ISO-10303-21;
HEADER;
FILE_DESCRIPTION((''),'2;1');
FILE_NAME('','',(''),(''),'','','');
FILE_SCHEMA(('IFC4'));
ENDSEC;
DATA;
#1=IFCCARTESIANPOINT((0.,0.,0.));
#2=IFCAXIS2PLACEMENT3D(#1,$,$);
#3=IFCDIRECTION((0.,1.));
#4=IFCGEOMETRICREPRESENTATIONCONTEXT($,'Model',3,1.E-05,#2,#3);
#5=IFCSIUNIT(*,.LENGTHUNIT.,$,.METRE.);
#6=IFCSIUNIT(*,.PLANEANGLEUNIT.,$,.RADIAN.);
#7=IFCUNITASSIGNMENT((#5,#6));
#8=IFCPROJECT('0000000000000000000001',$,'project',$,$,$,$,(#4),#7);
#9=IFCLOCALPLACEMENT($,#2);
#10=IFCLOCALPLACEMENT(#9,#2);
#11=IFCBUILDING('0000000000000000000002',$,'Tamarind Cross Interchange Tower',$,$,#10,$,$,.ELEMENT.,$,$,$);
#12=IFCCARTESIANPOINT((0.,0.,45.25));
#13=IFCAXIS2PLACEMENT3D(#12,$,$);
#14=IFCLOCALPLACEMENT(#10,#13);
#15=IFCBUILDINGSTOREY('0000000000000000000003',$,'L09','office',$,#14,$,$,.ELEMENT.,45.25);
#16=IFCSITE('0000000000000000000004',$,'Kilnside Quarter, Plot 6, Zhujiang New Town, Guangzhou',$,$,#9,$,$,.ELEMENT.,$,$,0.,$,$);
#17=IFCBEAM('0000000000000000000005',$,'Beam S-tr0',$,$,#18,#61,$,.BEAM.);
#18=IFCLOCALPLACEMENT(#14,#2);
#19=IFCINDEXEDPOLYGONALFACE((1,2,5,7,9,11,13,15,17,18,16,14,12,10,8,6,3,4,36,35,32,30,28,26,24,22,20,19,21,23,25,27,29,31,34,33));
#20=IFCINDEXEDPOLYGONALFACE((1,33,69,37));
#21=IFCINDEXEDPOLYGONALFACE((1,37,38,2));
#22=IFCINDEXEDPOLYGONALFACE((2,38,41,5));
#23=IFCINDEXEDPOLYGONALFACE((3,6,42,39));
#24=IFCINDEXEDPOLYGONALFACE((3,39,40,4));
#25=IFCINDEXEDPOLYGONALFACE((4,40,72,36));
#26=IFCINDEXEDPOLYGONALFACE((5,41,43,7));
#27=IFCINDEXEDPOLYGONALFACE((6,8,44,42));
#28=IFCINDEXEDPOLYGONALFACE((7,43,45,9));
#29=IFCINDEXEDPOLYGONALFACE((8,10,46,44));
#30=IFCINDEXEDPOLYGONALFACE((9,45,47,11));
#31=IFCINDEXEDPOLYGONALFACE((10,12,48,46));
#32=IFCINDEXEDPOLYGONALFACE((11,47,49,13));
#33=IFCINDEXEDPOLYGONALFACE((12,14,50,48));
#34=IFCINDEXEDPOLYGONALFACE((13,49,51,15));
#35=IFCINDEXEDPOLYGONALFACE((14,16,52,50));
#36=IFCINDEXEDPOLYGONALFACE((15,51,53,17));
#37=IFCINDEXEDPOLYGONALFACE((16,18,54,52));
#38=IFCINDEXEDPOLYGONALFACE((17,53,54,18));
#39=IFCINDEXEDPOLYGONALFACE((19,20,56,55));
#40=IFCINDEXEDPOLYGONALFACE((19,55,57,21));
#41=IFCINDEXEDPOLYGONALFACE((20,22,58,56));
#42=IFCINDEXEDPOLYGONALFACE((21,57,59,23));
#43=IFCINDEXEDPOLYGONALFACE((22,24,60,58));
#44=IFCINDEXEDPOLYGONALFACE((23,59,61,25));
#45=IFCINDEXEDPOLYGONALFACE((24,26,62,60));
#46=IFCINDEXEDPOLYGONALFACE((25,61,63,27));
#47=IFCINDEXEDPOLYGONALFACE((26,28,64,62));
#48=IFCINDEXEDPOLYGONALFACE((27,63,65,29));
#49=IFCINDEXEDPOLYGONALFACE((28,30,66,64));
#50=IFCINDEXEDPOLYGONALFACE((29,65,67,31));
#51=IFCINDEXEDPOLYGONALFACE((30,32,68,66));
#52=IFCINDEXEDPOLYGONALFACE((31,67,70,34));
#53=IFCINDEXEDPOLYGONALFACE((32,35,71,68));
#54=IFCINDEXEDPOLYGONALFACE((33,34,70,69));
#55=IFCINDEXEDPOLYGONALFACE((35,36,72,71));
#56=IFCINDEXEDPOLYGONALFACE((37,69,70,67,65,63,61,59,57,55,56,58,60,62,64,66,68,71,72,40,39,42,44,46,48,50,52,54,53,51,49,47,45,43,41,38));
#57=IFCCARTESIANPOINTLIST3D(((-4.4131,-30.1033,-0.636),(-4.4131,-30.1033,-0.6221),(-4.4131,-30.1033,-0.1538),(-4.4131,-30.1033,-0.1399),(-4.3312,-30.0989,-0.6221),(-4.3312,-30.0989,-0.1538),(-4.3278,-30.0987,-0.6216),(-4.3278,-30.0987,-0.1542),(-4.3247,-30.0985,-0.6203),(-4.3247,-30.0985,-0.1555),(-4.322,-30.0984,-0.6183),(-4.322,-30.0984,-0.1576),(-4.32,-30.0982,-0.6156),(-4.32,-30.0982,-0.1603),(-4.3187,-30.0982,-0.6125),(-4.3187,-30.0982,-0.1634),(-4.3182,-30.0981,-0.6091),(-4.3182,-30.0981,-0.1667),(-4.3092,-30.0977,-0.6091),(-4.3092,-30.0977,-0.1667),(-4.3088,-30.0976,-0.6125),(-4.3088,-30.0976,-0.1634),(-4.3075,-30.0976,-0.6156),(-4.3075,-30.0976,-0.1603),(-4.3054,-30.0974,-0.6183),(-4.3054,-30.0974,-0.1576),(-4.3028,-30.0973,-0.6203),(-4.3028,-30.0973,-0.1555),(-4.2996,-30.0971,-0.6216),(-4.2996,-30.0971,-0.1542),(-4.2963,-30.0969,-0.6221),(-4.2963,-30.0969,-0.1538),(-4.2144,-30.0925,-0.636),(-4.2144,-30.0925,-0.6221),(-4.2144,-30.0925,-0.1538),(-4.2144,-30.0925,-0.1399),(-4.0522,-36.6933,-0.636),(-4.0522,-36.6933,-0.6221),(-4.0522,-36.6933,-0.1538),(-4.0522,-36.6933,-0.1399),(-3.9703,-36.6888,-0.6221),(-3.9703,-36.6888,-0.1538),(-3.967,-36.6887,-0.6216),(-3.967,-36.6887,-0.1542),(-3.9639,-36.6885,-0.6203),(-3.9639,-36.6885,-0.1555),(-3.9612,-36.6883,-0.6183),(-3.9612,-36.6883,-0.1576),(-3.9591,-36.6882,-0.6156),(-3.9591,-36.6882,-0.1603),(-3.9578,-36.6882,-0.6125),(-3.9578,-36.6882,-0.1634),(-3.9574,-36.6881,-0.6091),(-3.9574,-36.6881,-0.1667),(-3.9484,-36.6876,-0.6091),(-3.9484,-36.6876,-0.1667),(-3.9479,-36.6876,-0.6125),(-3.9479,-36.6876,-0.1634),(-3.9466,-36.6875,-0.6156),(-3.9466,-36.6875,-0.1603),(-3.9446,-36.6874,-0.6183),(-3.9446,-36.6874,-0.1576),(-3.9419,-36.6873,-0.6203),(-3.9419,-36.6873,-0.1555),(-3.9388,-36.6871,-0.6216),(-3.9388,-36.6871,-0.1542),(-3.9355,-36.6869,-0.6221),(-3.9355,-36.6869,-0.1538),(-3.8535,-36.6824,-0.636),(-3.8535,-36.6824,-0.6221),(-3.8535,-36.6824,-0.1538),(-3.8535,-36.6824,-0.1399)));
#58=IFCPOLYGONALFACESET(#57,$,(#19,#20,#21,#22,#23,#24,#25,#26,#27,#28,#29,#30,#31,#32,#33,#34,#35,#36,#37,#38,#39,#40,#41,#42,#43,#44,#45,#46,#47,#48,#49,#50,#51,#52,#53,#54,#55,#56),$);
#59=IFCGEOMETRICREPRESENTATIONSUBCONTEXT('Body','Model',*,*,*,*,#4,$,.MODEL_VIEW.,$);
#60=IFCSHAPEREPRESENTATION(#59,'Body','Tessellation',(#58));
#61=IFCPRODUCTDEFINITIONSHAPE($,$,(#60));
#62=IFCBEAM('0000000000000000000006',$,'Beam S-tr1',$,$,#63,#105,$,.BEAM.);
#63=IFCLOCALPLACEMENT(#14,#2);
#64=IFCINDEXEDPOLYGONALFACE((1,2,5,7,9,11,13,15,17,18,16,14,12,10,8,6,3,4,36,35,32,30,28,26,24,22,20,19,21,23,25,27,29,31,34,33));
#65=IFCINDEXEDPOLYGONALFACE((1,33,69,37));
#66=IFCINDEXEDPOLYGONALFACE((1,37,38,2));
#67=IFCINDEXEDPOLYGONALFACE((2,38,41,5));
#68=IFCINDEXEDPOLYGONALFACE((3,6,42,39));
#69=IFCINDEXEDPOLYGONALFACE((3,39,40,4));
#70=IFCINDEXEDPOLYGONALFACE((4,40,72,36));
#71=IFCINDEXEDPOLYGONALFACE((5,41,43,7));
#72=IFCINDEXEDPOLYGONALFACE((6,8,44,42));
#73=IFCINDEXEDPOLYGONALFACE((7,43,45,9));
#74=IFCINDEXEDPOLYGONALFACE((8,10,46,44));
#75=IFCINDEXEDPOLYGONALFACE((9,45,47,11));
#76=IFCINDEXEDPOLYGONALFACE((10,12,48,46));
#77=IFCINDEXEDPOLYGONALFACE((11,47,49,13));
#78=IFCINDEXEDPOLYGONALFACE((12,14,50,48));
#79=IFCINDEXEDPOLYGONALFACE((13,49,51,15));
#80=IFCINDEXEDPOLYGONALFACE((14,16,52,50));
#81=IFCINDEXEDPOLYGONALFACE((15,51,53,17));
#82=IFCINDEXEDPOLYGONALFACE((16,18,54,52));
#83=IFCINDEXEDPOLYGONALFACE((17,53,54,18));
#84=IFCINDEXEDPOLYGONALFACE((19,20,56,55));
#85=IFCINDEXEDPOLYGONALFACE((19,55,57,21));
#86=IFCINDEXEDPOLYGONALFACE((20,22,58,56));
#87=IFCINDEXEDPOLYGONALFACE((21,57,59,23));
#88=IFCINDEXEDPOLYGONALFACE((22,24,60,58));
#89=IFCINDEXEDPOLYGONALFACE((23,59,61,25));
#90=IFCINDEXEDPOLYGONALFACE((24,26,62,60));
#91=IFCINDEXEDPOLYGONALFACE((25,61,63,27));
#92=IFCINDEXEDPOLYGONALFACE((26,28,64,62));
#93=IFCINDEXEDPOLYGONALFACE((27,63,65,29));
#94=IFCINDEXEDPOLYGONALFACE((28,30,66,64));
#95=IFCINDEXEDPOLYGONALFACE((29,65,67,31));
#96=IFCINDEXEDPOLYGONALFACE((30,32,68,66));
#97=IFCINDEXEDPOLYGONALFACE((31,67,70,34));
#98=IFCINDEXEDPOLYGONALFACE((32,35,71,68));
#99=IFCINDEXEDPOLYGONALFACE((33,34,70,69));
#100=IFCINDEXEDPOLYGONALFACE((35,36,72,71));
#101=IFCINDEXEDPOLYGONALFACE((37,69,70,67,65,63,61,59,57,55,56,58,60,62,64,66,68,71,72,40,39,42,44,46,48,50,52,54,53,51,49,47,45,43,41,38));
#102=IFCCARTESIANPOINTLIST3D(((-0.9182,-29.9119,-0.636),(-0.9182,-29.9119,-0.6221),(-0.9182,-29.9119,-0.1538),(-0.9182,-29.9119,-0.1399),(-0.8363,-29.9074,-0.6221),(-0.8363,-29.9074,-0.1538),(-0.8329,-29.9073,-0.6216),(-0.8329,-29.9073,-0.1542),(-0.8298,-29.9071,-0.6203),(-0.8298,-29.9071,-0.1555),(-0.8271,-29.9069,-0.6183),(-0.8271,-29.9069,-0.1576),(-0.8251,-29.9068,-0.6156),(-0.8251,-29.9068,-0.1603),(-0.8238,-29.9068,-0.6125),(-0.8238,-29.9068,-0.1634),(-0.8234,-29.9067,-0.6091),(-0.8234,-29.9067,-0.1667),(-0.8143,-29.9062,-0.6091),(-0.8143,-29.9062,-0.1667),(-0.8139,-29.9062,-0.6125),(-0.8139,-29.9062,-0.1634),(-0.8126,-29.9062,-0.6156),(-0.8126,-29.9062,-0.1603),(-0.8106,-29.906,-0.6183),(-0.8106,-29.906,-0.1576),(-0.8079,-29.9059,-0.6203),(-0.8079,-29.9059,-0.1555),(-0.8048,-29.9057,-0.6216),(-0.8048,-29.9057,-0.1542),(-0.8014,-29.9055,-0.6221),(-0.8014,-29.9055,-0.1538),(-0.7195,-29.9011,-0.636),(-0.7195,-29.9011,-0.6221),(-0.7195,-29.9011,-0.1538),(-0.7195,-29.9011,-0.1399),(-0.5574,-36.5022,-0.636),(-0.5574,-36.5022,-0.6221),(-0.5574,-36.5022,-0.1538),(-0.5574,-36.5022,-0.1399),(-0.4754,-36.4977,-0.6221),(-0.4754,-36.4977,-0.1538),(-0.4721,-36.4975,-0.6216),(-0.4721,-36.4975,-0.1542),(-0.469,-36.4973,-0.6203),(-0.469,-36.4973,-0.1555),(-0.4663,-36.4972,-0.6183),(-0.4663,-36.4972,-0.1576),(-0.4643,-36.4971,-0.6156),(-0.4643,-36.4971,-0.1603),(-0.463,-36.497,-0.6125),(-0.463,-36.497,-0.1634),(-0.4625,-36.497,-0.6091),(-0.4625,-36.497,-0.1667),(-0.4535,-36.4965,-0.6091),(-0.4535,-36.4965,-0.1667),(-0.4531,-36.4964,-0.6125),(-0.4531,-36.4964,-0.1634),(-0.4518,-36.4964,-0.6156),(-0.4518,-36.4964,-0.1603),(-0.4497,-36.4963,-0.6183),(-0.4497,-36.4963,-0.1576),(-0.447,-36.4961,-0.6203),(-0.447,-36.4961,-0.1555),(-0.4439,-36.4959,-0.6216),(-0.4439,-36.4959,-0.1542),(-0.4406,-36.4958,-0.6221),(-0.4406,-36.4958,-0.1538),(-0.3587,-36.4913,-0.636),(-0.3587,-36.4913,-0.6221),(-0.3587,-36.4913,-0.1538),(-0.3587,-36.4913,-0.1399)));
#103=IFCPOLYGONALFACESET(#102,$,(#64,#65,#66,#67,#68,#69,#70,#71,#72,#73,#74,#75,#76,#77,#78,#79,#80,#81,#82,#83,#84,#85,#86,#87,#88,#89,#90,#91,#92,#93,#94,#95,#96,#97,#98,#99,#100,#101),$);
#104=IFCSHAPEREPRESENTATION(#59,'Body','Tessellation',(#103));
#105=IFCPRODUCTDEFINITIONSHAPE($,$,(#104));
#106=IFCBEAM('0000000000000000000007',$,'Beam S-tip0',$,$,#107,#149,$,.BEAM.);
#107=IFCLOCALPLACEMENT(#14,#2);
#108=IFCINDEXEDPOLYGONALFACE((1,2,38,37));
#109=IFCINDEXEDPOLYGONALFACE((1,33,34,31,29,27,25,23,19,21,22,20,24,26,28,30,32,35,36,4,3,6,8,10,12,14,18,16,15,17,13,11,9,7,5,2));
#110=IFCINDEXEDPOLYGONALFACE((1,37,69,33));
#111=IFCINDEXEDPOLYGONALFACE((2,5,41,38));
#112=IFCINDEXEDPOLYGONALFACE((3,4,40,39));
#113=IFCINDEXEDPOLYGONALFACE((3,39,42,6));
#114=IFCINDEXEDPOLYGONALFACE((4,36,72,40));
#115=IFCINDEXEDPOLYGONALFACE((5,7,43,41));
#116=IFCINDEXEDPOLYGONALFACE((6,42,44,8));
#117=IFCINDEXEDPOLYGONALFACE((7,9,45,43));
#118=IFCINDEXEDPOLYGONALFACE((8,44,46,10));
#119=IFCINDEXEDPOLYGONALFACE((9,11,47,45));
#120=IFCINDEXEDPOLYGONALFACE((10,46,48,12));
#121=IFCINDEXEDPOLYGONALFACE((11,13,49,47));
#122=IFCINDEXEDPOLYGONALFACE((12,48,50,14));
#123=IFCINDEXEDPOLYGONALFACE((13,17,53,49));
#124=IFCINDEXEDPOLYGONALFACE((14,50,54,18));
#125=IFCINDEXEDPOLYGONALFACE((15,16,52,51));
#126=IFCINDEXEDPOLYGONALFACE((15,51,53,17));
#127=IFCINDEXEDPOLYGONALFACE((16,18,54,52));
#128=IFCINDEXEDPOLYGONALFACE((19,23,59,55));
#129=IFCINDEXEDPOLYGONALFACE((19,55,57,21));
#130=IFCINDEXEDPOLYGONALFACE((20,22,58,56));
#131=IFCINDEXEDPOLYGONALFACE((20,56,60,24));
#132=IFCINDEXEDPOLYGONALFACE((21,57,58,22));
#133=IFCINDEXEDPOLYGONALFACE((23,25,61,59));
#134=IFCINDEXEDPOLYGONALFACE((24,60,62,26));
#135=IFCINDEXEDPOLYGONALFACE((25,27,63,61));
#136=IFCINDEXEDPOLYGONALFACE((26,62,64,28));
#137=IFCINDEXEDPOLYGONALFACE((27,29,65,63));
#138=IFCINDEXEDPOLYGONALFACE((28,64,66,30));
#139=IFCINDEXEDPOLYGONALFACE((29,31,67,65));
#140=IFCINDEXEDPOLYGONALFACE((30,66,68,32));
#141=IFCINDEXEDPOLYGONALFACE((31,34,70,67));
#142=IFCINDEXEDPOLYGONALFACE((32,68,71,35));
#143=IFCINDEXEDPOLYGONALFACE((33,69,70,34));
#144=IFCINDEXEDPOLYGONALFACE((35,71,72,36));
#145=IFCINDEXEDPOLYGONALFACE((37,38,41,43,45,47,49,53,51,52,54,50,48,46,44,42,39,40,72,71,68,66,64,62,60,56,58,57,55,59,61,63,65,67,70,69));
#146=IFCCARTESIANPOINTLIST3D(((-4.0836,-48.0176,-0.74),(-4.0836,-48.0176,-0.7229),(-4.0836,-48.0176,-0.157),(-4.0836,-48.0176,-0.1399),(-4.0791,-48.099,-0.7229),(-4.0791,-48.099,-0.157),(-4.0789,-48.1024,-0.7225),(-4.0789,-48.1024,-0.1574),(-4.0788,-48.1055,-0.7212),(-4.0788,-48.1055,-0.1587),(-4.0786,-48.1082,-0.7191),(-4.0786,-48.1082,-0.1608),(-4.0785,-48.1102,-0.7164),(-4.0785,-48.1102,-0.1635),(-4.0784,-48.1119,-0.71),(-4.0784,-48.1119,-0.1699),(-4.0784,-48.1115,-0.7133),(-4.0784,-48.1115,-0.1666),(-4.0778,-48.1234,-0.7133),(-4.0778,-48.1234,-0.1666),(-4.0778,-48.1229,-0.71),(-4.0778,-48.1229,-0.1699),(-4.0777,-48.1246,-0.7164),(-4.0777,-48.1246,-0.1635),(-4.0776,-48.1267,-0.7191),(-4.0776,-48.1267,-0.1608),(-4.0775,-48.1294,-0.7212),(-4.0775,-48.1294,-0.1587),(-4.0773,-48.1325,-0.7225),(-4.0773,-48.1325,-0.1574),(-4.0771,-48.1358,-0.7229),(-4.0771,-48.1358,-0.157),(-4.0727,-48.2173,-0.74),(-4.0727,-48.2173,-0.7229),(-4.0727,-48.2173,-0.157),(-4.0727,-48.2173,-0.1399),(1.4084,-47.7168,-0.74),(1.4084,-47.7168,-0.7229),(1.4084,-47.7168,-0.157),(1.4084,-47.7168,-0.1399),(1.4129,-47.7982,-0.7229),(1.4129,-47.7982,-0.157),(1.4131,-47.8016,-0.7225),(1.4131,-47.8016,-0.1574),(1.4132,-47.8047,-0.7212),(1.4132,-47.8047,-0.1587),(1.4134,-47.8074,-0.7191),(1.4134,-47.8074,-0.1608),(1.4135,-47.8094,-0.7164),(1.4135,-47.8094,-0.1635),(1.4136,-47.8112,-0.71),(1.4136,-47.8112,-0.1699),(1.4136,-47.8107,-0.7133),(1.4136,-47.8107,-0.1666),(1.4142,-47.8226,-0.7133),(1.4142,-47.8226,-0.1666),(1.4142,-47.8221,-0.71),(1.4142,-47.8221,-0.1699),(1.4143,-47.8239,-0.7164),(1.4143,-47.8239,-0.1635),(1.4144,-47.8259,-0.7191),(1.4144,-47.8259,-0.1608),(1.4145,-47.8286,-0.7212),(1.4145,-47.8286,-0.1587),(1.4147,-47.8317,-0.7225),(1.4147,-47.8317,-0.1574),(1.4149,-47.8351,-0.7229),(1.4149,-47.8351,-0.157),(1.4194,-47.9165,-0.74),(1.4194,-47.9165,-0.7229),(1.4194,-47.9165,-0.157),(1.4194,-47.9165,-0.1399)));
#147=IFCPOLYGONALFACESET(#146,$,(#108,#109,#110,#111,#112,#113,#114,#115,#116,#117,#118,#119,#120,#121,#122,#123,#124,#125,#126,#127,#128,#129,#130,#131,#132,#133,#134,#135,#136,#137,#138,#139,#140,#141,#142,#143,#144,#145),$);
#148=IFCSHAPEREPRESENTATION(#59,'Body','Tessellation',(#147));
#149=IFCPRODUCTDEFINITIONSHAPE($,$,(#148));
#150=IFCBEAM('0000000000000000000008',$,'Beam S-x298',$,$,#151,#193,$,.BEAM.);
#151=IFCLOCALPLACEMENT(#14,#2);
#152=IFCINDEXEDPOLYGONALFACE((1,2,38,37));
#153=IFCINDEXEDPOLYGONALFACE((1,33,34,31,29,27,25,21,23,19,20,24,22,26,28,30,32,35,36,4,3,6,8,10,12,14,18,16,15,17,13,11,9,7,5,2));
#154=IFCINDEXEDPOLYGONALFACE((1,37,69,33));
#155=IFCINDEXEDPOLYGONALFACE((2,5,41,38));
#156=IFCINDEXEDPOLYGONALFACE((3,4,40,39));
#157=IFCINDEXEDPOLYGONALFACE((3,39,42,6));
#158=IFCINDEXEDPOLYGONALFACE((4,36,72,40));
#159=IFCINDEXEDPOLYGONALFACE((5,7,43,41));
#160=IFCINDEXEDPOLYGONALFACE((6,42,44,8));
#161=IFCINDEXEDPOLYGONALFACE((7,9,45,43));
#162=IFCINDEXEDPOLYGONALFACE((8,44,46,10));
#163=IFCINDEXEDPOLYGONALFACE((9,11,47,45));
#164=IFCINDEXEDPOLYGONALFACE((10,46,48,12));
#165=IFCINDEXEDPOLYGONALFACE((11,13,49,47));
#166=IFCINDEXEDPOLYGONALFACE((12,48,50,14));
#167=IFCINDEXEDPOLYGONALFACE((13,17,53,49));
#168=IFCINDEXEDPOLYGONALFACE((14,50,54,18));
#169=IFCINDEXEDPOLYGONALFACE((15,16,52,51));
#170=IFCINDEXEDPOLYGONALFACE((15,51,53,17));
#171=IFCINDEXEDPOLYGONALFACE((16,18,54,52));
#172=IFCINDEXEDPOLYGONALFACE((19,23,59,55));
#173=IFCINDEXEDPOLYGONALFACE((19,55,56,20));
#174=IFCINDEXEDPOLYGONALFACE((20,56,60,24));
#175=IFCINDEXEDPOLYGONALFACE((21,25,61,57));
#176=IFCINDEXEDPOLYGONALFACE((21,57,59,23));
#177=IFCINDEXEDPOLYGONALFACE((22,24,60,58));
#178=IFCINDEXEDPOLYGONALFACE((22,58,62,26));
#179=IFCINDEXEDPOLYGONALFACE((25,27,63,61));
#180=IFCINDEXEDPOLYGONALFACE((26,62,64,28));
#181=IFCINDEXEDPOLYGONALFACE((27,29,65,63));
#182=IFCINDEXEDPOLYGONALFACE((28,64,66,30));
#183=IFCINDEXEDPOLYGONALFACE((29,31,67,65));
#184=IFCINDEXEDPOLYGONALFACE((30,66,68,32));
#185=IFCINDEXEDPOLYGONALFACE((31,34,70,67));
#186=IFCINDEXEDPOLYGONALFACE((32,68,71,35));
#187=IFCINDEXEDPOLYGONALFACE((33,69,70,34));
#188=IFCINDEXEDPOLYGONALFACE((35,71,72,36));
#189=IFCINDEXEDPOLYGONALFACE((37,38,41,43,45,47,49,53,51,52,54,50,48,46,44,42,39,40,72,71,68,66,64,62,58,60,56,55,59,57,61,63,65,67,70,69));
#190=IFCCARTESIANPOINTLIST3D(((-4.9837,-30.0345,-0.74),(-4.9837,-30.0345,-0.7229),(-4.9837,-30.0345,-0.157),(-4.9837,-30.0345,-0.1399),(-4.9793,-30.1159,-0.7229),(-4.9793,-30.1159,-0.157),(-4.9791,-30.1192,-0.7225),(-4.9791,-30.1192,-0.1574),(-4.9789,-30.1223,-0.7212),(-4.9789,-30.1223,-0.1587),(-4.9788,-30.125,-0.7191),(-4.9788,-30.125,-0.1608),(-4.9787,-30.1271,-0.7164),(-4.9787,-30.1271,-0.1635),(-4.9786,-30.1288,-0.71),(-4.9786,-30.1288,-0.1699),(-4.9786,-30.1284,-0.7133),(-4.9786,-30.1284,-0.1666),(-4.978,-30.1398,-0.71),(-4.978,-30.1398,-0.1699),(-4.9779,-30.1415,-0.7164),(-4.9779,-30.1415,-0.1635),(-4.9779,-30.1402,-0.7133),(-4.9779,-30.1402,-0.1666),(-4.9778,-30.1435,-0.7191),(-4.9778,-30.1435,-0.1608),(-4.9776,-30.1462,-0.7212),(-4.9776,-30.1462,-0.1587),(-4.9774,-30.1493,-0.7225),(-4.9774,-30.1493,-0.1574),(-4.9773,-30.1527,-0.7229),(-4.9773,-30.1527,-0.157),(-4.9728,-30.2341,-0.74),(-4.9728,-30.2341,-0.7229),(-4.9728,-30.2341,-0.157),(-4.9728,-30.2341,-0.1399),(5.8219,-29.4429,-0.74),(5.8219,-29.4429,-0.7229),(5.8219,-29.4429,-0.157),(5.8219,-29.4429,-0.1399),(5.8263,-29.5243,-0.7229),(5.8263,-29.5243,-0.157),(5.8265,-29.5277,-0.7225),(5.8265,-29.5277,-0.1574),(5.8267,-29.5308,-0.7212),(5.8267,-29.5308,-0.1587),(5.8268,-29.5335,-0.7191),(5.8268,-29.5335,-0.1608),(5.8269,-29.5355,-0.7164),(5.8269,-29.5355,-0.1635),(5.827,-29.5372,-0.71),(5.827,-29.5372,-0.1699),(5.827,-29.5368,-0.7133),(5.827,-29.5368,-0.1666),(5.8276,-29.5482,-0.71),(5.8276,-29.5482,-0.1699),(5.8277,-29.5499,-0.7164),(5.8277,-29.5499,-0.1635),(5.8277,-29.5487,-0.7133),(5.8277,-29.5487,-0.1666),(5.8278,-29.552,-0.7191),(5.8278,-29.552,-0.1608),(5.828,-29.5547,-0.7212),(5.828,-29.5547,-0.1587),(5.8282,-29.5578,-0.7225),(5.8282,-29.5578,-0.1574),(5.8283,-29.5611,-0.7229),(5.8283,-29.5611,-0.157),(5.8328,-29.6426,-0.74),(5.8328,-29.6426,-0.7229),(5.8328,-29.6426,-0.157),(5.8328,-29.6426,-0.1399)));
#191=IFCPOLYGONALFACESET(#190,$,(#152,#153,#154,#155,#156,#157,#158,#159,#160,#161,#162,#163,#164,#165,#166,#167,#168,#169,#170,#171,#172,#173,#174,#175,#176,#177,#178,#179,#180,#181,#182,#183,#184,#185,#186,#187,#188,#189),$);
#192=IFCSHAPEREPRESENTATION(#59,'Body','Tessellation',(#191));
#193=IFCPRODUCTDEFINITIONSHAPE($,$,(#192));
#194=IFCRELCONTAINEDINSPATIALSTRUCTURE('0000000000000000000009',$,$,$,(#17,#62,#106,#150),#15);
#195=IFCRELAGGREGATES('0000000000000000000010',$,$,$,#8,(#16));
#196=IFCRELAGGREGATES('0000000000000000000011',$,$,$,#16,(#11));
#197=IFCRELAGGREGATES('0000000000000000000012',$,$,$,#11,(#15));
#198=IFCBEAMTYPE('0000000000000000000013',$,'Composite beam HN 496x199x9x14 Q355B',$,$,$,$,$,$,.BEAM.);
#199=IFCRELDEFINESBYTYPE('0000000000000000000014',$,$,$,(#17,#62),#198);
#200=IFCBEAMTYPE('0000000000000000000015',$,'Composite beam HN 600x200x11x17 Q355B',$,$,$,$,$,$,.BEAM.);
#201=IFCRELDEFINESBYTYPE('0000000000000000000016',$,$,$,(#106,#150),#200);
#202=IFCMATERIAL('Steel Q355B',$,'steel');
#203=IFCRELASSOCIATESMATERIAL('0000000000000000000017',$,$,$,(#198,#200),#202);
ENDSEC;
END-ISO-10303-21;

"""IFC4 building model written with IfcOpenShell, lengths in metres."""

from ifc_helpers import new_model, si_unit, direction, frame, origin, origin_2d, place, context, subcontext, project, spatial, i_section, extrude, material, material_profile, profile_set, type_object, element, save


model = new_model("IFC4")

# Units and contexts
model_context = context("Model", 3, precision=1e-05, world=origin(), true_north=direction((0.0, 1.0)))
body_context = subcontext(model_context, "Body", "Model", "MODEL_VIEW")
ifc_project = project(units=[si_unit("LENGTHUNIT", "METRE"), si_unit("PLANEANGLEUNIT", "RADIAN")], contexts=[model_context])

# Site, building, storey
site_placement = place(None, origin())
site = spatial("IfcSite", under=ifc_project, at=site_placement, Name="Kilnside Quarter, Plot 6, Zhujiang New Town, Guangzhou", CompositionType="ELEMENT", RefElevation=0.0)
building_placement = place(site_placement, origin())
building = spatial("IfcBuilding", under=site, at=building_placement, Name="Tamarind Cross Interchange Tower", CompositionType="ELEMENT")
storey_placement = place(building_placement, frame((0.0, 0.0, 45.25)))
storey = spatial("IfcBuildingStorey", under=building, at=storey_placement, Name="L09", Description="office", CompositionType="ELEMENT", Elevation=45.25)

# Beams
ifc_material_1 = material(Name="Steel Q355B", Category="steel")
ifc_material_profile_1 = material_profile(ifc_material_1, i_section(OverallWidth=0.199, OverallDepth=0.4961, WebThickness=0.009, FlangeThickness=0.0139, FilletRadius=0.0129, at=origin_2d()), Name="HN 496x199x9x14")
ifc_profile_set_1 = profile_set([ifc_material_profile_1], Name="Steel Q355B")
beam_type_1 = type_object("IfcBeamType", Name="Composite beam HN 496x199x9x14 Q355B", PredefinedType="BEAM", material=ifc_profile_set_1)
beam_1_placement = place(storey_placement, frame((-4.3137, -30.0979, -0.3879), z_axis=(0.054673, -0.998504, 0.0), x_axis=(0.998504, 0.054673, 0.0)))
element("IfcBeam", 1, at=beam_1_placement, inside=storey, type_object=beam_type_1, Name="Beam S-tr0", PredefinedType="BEAM", context=body_context, shape_type="SweptSolid", body=[
    extrude(i_section(OverallWidth=0.199, OverallDepth=0.4961, WebThickness=0.009, FlangeThickness=0.0139, FilletRadius=0.0129, at=origin_2d()), origin(), (0.0, 0.0, 1.0), 6.5999),
])
beam_2_placement = place(storey_placement, frame((-0.8188, -29.9065, -0.3879), z_axis=(0.054671, -0.998504, 0.0), x_axis=(0.998504, 0.054671, 0.0)))
element("IfcBeam", 2, at=beam_2_placement, inside=storey, type_object=beam_type_1, Name="Beam S-tr1", PredefinedType="BEAM", context=body_context, shape_type="SweptSolid", body=[
    extrude(i_section(OverallWidth=0.199, OverallDepth=0.4961, WebThickness=0.009, FlangeThickness=0.0139, FilletRadius=0.0129, at=origin_2d()), origin(), (0.0, 0.0, 1.0), 6.6001),
])
ifc_material_profile_2 = material_profile(ifc_material_1, i_section(OverallWidth=0.2, OverallDepth=0.6001, WebThickness=0.011, FlangeThickness=0.0171, FilletRadius=0.0129, at=origin_2d()), Name="HN 600x200x11x17")
ifc_profile_set_2 = profile_set([ifc_material_profile_2], Name="Steel Q355B")
beam_type_2 = type_object("IfcBeamType", Name="Composite beam HN 600x200x11x17 Q355B", PredefinedType="BEAM", material=ifc_profile_set_2)
beam_3_placement = place(storey_placement, frame((-4.0781, -48.1174, -0.4399), z_axis=(0.998504, 0.054686, 0.0), x_axis=(-0.054686, 0.998504, 0.0)))
element("IfcBeam", 3, at=beam_3_placement, inside=storey, type_object=beam_type_2, Name="Beam S-tip0", PredefinedType="BEAM", context=body_context, shape_type="SweptSolid", body=[
    extrude(i_section(OverallWidth=0.2, OverallDepth=0.6001, WebThickness=0.011, FlangeThickness=0.0171, FilletRadius=0.0129, at=origin_2d()), origin(), (0.0, 0.0, 1.0), 5.5002),
])
beam_4_placement = place(storey_placement, frame((-4.9783, -30.1343, -0.4399), z_axis=(0.998505, 0.054663, 0.0), x_axis=(-0.054663, 0.998505, 0.0)))
element("IfcBeam", 4, at=beam_4_placement, inside=storey, type_object=beam_type_2, Name="Beam S-x298", PredefinedType="BEAM", context=body_context, shape_type="SweptSolid", body=[
    extrude(i_section(OverallWidth=0.2, OverallDepth=0.6001, WebThickness=0.011, FlangeThickness=0.0171, FilletRadius=0.0129, at=origin_2d()), origin(), (0.0, 0.0, 1.0), 10.8218),
])

save(model, "model.ifc")
